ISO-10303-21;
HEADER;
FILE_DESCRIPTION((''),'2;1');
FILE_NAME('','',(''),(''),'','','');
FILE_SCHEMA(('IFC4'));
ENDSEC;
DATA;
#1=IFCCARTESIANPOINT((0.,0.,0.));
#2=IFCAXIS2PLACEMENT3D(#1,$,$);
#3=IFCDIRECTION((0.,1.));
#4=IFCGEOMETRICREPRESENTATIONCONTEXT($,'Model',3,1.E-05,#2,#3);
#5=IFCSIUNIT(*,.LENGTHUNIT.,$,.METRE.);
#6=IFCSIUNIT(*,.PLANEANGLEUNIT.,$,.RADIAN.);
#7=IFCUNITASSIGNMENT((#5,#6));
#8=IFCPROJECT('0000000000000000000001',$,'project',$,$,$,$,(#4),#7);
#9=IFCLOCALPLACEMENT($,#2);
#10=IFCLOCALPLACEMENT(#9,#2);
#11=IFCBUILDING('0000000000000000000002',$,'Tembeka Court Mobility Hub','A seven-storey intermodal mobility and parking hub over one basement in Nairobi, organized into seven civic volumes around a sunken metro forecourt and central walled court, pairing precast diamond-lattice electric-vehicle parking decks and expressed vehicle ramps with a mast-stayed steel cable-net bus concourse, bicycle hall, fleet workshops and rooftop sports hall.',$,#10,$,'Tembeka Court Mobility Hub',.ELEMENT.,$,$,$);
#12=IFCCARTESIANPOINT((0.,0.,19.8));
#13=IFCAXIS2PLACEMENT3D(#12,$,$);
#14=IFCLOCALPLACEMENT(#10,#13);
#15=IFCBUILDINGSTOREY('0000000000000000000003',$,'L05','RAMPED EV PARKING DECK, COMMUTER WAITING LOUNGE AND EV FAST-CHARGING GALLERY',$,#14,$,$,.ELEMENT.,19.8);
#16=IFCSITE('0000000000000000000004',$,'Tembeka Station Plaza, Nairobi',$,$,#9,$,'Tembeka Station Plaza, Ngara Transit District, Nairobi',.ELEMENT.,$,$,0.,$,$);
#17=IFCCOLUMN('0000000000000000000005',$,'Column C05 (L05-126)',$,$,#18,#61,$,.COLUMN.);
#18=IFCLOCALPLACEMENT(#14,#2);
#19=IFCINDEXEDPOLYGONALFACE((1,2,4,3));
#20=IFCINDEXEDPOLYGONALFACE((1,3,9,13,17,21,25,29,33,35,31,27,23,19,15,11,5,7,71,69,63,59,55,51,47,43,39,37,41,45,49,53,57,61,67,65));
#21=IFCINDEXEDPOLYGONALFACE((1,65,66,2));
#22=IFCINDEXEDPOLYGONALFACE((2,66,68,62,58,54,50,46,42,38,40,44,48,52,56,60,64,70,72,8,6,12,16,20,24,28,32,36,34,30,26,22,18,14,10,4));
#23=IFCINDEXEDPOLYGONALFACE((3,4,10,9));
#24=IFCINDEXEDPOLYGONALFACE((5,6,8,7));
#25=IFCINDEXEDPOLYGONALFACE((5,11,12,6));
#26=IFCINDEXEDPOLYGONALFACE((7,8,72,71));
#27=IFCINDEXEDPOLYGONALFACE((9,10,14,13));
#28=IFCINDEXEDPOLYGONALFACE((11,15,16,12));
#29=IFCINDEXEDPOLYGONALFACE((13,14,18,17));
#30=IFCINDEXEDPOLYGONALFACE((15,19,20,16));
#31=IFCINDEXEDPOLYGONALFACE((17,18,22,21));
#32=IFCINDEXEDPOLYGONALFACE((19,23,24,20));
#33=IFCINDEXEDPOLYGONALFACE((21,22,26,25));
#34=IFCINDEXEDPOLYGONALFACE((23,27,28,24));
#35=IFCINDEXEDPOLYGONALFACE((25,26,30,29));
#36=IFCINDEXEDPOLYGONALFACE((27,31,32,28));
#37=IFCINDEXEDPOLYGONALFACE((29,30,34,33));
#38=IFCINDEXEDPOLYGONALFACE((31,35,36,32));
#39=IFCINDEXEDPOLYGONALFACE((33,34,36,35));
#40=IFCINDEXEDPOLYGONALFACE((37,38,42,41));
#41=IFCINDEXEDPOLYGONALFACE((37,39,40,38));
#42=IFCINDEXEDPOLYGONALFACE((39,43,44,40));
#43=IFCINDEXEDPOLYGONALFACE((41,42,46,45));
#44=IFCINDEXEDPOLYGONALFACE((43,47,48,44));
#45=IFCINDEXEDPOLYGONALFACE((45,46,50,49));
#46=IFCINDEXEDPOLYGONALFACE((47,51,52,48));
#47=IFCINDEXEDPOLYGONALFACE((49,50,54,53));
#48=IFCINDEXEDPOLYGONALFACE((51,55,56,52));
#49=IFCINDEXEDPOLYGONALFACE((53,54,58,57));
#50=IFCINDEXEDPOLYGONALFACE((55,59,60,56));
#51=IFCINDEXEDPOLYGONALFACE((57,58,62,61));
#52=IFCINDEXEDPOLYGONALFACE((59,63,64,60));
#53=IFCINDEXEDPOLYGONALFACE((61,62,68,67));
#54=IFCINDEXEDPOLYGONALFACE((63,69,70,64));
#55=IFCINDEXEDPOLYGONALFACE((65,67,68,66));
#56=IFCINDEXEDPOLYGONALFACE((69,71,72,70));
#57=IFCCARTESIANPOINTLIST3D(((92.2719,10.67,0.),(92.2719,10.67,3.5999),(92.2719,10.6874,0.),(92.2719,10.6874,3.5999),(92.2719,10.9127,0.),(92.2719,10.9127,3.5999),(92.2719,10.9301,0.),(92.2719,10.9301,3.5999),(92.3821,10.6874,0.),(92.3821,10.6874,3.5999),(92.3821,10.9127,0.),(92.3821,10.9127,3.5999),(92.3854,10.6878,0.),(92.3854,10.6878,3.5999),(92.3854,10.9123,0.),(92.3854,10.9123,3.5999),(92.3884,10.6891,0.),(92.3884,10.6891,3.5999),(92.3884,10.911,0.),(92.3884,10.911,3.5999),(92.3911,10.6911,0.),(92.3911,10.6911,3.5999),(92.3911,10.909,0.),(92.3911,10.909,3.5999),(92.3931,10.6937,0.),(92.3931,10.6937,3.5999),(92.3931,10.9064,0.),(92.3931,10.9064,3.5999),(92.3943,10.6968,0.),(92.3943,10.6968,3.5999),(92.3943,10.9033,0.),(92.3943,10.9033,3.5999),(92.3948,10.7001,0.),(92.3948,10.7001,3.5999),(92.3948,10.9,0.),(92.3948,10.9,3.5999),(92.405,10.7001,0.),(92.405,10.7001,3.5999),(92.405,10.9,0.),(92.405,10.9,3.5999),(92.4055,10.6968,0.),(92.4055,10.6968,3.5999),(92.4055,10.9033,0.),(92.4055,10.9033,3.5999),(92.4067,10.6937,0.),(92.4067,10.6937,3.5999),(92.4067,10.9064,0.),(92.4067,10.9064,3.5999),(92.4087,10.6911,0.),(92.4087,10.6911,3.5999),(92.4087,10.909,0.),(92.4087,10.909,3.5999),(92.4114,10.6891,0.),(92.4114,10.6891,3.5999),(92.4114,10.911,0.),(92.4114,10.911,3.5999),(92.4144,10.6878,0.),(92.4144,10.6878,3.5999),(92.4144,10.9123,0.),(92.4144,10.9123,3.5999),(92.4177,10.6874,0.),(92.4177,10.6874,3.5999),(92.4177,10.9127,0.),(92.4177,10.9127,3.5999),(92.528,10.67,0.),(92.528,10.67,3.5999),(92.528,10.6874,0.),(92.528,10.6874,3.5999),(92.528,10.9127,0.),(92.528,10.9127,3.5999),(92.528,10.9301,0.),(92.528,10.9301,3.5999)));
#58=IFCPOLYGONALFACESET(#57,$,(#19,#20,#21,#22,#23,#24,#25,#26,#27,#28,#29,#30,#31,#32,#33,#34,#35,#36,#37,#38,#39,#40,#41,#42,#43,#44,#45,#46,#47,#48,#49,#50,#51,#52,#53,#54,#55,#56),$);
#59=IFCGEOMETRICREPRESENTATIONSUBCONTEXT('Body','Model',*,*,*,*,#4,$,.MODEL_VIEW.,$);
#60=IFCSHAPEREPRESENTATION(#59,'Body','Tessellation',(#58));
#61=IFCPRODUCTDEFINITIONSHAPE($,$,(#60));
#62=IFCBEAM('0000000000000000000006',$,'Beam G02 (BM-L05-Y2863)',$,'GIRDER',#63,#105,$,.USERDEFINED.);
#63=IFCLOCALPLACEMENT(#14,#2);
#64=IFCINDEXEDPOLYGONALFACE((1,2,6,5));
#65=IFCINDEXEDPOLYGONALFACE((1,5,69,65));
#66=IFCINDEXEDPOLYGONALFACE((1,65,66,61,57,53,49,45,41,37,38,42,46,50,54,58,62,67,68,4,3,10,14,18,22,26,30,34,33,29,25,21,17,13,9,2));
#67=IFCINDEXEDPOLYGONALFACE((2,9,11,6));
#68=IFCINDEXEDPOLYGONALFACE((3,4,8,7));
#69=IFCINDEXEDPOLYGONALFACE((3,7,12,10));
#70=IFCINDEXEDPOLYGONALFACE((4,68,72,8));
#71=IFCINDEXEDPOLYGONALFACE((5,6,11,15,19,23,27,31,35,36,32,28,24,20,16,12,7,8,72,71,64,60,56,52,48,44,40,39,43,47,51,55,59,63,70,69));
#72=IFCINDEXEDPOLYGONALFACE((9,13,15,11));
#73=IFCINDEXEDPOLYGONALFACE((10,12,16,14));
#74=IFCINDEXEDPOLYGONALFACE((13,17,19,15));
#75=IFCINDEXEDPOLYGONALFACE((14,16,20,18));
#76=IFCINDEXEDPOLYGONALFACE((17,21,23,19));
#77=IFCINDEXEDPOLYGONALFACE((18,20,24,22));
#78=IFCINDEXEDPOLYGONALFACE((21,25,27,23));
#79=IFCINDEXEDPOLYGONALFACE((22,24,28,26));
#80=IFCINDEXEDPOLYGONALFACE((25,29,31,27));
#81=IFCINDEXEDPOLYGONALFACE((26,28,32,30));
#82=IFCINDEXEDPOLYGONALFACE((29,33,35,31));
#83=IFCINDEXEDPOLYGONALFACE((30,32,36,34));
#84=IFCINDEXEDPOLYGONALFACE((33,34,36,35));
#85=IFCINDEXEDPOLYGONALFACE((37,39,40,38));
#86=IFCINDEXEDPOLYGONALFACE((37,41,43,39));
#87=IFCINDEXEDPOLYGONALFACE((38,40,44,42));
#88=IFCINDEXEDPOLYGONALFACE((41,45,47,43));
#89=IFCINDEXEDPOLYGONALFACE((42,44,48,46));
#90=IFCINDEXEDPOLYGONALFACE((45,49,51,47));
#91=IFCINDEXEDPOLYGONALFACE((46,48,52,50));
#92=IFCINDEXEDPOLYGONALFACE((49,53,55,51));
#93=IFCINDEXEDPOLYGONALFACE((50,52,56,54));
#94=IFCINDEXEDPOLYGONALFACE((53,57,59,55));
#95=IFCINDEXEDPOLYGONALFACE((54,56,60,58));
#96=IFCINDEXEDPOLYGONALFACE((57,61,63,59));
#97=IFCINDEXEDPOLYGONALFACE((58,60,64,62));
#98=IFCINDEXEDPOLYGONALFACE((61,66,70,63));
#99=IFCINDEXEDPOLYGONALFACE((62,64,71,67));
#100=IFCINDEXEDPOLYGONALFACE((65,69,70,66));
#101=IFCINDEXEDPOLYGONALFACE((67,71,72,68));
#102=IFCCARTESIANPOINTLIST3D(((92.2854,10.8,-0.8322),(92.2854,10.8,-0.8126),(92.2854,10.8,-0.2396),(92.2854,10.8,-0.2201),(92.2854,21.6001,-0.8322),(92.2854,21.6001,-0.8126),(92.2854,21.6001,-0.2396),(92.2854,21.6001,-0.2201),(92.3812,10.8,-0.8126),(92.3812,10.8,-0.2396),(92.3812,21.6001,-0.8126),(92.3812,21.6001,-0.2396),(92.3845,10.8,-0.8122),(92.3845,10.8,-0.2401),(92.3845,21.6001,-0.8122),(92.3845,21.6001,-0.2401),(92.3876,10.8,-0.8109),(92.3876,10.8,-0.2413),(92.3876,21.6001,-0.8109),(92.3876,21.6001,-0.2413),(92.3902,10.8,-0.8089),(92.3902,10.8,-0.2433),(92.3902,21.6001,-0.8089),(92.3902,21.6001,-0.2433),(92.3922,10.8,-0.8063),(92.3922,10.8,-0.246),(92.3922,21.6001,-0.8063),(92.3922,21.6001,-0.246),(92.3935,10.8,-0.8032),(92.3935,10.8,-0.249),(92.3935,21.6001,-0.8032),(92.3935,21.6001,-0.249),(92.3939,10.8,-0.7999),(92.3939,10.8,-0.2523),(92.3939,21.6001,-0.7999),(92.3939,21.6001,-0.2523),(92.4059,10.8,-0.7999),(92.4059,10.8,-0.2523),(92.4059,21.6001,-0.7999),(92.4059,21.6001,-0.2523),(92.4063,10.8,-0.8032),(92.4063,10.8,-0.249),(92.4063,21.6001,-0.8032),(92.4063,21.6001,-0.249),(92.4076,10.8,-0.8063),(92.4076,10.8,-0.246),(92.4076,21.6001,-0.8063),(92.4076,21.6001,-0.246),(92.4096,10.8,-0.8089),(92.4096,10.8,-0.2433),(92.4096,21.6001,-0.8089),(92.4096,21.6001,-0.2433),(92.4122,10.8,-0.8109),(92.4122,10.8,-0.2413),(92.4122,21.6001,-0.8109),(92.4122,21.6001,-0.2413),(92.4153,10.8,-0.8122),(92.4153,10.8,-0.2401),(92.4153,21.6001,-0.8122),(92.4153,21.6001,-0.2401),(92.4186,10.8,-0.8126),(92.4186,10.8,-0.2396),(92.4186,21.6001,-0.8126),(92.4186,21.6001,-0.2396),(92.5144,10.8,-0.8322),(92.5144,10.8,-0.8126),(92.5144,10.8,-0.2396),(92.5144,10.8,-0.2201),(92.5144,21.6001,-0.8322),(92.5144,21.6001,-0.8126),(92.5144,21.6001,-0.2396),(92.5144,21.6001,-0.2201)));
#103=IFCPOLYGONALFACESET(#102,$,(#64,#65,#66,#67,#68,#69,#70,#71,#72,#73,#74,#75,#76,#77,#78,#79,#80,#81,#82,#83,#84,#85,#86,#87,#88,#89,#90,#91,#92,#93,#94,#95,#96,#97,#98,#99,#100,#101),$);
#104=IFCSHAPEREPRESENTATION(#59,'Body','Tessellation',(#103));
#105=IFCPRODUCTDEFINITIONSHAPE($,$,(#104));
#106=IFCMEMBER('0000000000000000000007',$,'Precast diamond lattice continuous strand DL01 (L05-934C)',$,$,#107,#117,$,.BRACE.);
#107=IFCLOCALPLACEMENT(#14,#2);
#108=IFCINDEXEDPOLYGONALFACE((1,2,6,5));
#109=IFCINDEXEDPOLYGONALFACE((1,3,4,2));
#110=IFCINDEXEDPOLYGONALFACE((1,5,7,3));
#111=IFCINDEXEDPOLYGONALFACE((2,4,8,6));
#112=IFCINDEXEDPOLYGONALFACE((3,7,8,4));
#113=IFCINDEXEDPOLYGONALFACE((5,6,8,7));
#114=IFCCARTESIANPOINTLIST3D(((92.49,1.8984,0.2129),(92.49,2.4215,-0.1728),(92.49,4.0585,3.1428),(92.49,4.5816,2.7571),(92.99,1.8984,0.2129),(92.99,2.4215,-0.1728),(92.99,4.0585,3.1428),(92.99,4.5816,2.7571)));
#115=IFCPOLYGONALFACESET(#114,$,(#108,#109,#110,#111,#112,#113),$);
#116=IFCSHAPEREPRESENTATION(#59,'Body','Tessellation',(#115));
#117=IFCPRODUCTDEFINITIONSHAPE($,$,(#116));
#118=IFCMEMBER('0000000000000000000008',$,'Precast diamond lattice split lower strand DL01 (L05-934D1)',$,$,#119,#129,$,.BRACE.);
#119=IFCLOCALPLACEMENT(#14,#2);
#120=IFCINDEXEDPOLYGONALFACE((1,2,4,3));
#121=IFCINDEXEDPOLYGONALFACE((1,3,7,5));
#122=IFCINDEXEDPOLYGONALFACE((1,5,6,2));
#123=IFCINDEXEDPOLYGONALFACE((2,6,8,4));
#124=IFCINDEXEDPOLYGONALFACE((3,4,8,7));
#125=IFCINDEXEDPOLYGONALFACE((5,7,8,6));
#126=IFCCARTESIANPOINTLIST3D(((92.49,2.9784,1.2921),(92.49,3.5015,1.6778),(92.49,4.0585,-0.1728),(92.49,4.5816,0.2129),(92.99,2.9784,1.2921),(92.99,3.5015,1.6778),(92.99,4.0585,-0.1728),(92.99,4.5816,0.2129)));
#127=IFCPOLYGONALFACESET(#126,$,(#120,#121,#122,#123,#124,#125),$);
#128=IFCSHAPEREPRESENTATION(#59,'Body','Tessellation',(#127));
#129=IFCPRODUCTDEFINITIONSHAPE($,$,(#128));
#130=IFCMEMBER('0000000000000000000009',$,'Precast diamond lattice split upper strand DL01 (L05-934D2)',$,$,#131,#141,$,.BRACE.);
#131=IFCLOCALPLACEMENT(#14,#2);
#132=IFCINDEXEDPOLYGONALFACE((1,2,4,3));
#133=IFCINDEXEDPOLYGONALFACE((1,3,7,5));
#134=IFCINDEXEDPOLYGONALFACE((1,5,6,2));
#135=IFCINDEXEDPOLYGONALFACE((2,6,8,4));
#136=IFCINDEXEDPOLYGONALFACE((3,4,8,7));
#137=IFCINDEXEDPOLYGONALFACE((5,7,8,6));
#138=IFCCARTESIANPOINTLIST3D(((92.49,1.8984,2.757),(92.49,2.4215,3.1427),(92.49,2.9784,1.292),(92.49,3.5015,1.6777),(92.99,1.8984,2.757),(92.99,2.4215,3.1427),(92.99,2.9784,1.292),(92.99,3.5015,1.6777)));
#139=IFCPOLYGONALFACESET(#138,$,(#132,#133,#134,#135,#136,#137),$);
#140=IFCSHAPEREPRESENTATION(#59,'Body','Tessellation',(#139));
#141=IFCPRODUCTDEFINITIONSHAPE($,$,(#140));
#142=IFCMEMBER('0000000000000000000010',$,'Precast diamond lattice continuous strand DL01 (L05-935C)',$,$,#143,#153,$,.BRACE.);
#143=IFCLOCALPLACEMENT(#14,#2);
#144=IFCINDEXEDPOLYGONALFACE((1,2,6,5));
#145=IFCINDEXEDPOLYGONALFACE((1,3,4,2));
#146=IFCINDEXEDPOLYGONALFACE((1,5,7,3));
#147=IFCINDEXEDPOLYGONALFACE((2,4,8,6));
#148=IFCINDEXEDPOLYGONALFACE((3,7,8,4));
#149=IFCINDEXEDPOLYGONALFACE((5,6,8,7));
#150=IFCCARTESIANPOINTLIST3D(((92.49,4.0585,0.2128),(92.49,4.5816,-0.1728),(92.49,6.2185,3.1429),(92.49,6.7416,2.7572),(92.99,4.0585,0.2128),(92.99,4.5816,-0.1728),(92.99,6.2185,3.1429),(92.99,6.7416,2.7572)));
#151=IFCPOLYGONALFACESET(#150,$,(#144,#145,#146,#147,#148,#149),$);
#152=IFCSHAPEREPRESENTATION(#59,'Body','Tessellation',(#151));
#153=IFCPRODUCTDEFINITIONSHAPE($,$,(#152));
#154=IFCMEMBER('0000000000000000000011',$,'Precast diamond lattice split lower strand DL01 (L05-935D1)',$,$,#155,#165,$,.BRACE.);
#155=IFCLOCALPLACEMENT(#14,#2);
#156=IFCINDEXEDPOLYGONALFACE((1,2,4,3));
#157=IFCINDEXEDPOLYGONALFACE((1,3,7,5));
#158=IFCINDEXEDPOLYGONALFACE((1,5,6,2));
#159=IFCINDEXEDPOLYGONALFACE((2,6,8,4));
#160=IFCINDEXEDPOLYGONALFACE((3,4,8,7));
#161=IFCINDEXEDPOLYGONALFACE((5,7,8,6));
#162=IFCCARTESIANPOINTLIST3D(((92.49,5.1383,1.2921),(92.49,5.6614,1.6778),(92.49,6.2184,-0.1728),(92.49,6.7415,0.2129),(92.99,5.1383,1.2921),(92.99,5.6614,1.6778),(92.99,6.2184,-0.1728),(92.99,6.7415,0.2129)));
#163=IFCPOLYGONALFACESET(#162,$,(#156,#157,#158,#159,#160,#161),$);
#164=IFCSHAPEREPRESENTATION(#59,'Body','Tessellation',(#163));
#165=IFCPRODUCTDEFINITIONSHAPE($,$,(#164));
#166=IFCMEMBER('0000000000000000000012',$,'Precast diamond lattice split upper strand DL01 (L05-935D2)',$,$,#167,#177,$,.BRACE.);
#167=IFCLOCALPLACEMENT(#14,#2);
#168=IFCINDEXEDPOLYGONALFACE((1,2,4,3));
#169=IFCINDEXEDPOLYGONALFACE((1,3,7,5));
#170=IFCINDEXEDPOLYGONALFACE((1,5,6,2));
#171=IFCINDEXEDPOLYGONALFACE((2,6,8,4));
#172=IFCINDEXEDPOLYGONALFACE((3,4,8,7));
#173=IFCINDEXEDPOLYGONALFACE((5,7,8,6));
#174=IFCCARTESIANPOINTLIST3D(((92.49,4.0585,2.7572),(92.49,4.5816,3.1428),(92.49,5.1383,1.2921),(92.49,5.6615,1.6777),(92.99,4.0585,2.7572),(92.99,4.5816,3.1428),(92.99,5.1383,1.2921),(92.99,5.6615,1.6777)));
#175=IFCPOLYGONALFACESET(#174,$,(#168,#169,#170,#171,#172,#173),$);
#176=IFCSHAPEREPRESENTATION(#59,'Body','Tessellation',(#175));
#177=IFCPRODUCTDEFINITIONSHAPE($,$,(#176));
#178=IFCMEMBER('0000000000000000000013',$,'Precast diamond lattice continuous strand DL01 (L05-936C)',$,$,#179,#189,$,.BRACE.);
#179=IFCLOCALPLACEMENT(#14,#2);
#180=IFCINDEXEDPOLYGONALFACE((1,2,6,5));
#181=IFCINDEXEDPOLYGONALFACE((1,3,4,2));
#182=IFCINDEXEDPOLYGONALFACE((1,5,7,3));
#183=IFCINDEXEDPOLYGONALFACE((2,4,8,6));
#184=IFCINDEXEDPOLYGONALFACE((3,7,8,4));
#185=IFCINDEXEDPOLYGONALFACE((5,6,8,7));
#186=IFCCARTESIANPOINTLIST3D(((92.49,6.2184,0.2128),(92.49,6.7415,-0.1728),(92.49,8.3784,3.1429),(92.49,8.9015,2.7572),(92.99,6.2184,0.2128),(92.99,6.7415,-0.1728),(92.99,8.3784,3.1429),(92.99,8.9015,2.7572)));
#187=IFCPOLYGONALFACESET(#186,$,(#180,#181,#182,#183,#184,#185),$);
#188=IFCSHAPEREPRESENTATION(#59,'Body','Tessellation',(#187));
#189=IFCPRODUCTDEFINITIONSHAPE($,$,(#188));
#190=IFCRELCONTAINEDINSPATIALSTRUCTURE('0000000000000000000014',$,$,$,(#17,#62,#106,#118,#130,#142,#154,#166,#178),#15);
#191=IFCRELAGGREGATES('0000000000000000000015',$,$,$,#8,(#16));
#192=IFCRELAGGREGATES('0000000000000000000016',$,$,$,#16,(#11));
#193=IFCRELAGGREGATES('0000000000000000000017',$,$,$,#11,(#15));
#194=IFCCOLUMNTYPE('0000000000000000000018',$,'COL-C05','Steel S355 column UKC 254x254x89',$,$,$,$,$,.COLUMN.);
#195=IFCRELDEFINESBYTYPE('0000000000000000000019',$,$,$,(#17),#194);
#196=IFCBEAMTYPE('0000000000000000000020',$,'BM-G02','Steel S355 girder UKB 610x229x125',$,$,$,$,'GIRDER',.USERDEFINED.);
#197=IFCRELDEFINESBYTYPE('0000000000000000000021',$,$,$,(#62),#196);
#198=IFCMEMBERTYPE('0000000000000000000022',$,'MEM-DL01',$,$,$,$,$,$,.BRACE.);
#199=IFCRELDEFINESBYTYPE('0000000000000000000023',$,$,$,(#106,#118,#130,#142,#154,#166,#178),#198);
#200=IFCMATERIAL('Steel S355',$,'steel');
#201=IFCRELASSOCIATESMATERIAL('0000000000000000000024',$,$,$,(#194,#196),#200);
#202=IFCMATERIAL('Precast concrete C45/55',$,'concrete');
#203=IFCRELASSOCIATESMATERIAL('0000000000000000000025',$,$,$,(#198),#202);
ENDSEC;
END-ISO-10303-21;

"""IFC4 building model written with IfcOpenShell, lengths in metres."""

from ifc_helpers import new_model, si_unit, direction, frame, origin, origin_2d, place, context, subcontext, project, spatial, rectangle, i_section, extrude, material, material_profile, profile_set, type_object, element, save


model = new_model("IFC4")

# Units and contexts
model_context = context("Model", 3, precision=1e-05, world=origin(), true_north=direction((0.0, 1.0)))
body_context = subcontext(model_context, "Body", "Model", "MODEL_VIEW")
ifc_project = project(units=[si_unit("LENGTHUNIT", "METRE"), si_unit("PLANEANGLEUNIT", "RADIAN")], contexts=[model_context])

# Site, building, storey
site_placement = place(None, origin())
site = spatial("IfcSite", under=ifc_project, at=site_placement, Name="Tembeka Station Plaza, Nairobi", LongName="Tembeka Station Plaza, Ngara Transit District, Nairobi", CompositionType="ELEMENT", RefElevation=0.0)
building_placement = place(site_placement, origin())
building = spatial("IfcBuilding", under=site, at=building_placement, Name="Tembeka Court Mobility Hub", Description="A seven-storey intermodal mobility and parking hub over one basement in Nairobi, organized into seven civic volumes around a sunken metro forecourt and central walled court, pairing precast diamond-lattice electric-vehicle parking decks and expressed vehicle ramps with a mast-stayed steel cable-net bus concourse, bicycle hall, fleet workshops and rooftop sports hall.", LongName="Tembeka Court Mobility Hub", CompositionType="ELEMENT")
storey_placement = place(building_placement, frame((0.0, 0.0, 19.8)))
storey = spatial("IfcBuildingStorey", under=building, at=storey_placement, Name="L05", Description="RAMPED EV PARKING DECK, COMMUTER WAITING LOUNGE AND EV FAST-CHARGING GALLERY", CompositionType="ELEMENT", Elevation=19.8)

# Column
ifc_material_1 = material(Name="Steel S355", Category="steel")
ifc_material_profile_1 = material_profile(ifc_material_1, i_section(OverallWidth=0.2561, OverallDepth=0.26, WebThickness=0.0103, FlangeThickness=0.0173, FilletRadius=0.0127, at=origin_2d()), Name="UKC 254x254x89")
ifc_profile_set_1 = profile_set([ifc_material_profile_1], Name="Steel S355")
column_type = type_object("IfcColumnType", Name="COL-C05", Description="Steel S355 column UKC 254x254x89", PredefinedType="COLUMN", material=ifc_profile_set_1)
column_placement = place(storey_placement, frame((92.3999, 10.8, 0.0), z_axis=(0.0, 0.0, 1.0), x_axis=(1.0, 0.0, 0.0)))
element("IfcColumn", 1, at=column_placement, inside=storey, type_object=column_type, Name="Column C05 (L05-126)", PredefinedType="COLUMN", context=body_context, shape_type="SweptSolid", body=[
    extrude(i_section(OverallWidth=0.2561, OverallDepth=0.26, WebThickness=0.0103, FlangeThickness=0.0173, FilletRadius=0.0127, at=origin_2d()), origin(), (0.0, 0.0, 1.0), 3.5999),
])

# Beam
ifc_material_profile_2 = material_profile(ifc_material_1, i_section(OverallWidth=0.229, OverallDepth=0.6121, WebThickness=0.012, FlangeThickness=0.0195, FilletRadius=0.0127, at=origin_2d()), Name="UKB 610x229x125")
ifc_profile_set_2 = profile_set([ifc_material_profile_2], Name="Steel S355")
beam_type = type_object("IfcBeamType", Name="BM-G02", Description="Steel S355 girder UKB 610x229x125", ElementType="GIRDER", PredefinedType="USERDEFINED", material=ifc_profile_set_2)
beam_placement = place(storey_placement, frame((92.3999, 10.8, -0.5261), z_axis=(0.0, 1.0, 0.0), x_axis=(-1.0, 0.0, 0.0)))
element("IfcBeam", 2, at=beam_placement, inside=storey, type_object=beam_type, Name="Beam G02 (BM-L05-Y2863)", ObjectType="GIRDER", PredefinedType="USERDEFINED", context=body_context, shape_type="SweptSolid", body=[
    extrude(i_section(OverallWidth=0.229, OverallDepth=0.6121, WebThickness=0.012, FlangeThickness=0.0195, FilletRadius=0.0127, at=origin_2d()), origin(), (0.0, 0.0, 1.0), 10.8),
])

# Members
ifc_material_2 = material(Name="Precast concrete C45/55", Category="concrete")
ifc_material_profile_3 = material_profile(ifc_material_2, rectangle(XDim=0.5, YDim=0.6499, at=origin_2d()), Name="PC-DIAG 500x650")
ifc_profile_set_3 = profile_set([ifc_material_profile_3], Name="Precast concrete C45/55")
member_type_1 = type_object("IfcMemberType", Name="MEM-DL01", PredefinedType="BRACE", material=ifc_profile_set_3)
member_1_placement = place(storey_placement, frame((92.74, 2.1599, 0.02), z_axis=(0.0, 0.593423, 0.804891), x_axis=(-1.0, 0.0, 0.0)))
element("IfcMember", 3, at=member_1_placement, inside=storey, type_object=member_type_1, Name="Precast diamond lattice continuous strand DL01 (L05-934C)", PredefinedType="BRACE", context=body_context, shape_type="SweptSolid", body=[
    extrude(rectangle(XDim=0.5, YDim=0.6499, at=origin_2d()), origin(), (0.0, 0.0, 1.0), 3.6401),
])
for number, where, z_axis, x_axis, name in (
    (4, (92.74, 4.3201, 0.02), (0.0, -0.593455, 0.804867), (1.0, 0.0, 0.0), "Precast diamond lattice split lower strand DL01 (L05-934D1)"),
    (5, (92.74, 3.24, 1.4849), (0.0, -0.593391, 0.804914), (1.0, 0.0, 0.0), "Precast diamond lattice split upper strand DL01 (L05-934D2)"),
):
    element("IfcMember", number, at=place(storey_placement, frame(where, z_axis=z_axis, x_axis=x_axis)), inside=storey, type_object=member_type_1, Name=name, PredefinedType="BRACE", context=body_context, shape_type="SweptSolid", body=[
        extrude(rectangle(XDim=0.5, YDim=0.6499, at=origin_2d()), origin(), (0.0, 0.0, 1.0), 1.8201),
    ])
member_2_placement = place(storey_placement, frame((92.74, 4.3201, 0.02), z_axis=(0.0, 0.59338, 0.804923), x_axis=(-1.0, 0.0, 0.0)))
element("IfcMember", 6, at=member_2_placement, inside=storey, type_object=member_type_1, Name="Precast diamond lattice continuous strand DL01 (L05-935C)", PredefinedType="BRACE", context=body_context, shape_type="SweptSolid", body=[
    extrude(rectangle(XDim=0.5, YDim=0.6499, at=origin_2d()), origin(), (0.0, 0.0, 1.0), 3.6401),
])
for number, where, z_axis, x_axis, name in (
    (7, (92.74, 6.48, 0.02), (0.0, -0.593455, 0.804867), (1.0, 0.0, 0.0), "Precast diamond lattice split lower strand DL01 (L05-935D1)"),
    (8, (92.74, 5.3999, 1.4849), (0.0, -0.593304, 0.804978), (1.0, 0.0, 0.0), "Precast diamond lattice split upper strand DL01 (L05-935D2)"),
):
    element("IfcMember", number, at=place(storey_placement, frame(where, z_axis=z_axis, x_axis=x_axis)), inside=storey, type_object=member_type_1, Name=name, PredefinedType="BRACE", context=body_context, shape_type="SweptSolid", body=[
        extrude(rectangle(XDim=0.5, YDim=0.6499, at=origin_2d()), origin(), (0.0, 0.0, 1.0), 1.8201),
    ])
member_3_placement = place(storey_placement, frame((92.74, 6.48, 0.02), z_axis=(0.0, 0.59338, 0.804923), x_axis=(-1.0, 0.0, 0.0)))
element("IfcMember", 9, at=member_3_placement, inside=storey, type_object=member_type_1, Name="Precast diamond lattice continuous strand DL01 (L05-936C)", PredefinedType="BRACE", context=body_context, shape_type="SweptSolid", body=[
    extrude(rectangle(XDim=0.5, YDim=0.6499, at=origin_2d()), origin(), (0.0, 0.0, 1.0), 3.6401),
])

save(model, "model.ifc")
